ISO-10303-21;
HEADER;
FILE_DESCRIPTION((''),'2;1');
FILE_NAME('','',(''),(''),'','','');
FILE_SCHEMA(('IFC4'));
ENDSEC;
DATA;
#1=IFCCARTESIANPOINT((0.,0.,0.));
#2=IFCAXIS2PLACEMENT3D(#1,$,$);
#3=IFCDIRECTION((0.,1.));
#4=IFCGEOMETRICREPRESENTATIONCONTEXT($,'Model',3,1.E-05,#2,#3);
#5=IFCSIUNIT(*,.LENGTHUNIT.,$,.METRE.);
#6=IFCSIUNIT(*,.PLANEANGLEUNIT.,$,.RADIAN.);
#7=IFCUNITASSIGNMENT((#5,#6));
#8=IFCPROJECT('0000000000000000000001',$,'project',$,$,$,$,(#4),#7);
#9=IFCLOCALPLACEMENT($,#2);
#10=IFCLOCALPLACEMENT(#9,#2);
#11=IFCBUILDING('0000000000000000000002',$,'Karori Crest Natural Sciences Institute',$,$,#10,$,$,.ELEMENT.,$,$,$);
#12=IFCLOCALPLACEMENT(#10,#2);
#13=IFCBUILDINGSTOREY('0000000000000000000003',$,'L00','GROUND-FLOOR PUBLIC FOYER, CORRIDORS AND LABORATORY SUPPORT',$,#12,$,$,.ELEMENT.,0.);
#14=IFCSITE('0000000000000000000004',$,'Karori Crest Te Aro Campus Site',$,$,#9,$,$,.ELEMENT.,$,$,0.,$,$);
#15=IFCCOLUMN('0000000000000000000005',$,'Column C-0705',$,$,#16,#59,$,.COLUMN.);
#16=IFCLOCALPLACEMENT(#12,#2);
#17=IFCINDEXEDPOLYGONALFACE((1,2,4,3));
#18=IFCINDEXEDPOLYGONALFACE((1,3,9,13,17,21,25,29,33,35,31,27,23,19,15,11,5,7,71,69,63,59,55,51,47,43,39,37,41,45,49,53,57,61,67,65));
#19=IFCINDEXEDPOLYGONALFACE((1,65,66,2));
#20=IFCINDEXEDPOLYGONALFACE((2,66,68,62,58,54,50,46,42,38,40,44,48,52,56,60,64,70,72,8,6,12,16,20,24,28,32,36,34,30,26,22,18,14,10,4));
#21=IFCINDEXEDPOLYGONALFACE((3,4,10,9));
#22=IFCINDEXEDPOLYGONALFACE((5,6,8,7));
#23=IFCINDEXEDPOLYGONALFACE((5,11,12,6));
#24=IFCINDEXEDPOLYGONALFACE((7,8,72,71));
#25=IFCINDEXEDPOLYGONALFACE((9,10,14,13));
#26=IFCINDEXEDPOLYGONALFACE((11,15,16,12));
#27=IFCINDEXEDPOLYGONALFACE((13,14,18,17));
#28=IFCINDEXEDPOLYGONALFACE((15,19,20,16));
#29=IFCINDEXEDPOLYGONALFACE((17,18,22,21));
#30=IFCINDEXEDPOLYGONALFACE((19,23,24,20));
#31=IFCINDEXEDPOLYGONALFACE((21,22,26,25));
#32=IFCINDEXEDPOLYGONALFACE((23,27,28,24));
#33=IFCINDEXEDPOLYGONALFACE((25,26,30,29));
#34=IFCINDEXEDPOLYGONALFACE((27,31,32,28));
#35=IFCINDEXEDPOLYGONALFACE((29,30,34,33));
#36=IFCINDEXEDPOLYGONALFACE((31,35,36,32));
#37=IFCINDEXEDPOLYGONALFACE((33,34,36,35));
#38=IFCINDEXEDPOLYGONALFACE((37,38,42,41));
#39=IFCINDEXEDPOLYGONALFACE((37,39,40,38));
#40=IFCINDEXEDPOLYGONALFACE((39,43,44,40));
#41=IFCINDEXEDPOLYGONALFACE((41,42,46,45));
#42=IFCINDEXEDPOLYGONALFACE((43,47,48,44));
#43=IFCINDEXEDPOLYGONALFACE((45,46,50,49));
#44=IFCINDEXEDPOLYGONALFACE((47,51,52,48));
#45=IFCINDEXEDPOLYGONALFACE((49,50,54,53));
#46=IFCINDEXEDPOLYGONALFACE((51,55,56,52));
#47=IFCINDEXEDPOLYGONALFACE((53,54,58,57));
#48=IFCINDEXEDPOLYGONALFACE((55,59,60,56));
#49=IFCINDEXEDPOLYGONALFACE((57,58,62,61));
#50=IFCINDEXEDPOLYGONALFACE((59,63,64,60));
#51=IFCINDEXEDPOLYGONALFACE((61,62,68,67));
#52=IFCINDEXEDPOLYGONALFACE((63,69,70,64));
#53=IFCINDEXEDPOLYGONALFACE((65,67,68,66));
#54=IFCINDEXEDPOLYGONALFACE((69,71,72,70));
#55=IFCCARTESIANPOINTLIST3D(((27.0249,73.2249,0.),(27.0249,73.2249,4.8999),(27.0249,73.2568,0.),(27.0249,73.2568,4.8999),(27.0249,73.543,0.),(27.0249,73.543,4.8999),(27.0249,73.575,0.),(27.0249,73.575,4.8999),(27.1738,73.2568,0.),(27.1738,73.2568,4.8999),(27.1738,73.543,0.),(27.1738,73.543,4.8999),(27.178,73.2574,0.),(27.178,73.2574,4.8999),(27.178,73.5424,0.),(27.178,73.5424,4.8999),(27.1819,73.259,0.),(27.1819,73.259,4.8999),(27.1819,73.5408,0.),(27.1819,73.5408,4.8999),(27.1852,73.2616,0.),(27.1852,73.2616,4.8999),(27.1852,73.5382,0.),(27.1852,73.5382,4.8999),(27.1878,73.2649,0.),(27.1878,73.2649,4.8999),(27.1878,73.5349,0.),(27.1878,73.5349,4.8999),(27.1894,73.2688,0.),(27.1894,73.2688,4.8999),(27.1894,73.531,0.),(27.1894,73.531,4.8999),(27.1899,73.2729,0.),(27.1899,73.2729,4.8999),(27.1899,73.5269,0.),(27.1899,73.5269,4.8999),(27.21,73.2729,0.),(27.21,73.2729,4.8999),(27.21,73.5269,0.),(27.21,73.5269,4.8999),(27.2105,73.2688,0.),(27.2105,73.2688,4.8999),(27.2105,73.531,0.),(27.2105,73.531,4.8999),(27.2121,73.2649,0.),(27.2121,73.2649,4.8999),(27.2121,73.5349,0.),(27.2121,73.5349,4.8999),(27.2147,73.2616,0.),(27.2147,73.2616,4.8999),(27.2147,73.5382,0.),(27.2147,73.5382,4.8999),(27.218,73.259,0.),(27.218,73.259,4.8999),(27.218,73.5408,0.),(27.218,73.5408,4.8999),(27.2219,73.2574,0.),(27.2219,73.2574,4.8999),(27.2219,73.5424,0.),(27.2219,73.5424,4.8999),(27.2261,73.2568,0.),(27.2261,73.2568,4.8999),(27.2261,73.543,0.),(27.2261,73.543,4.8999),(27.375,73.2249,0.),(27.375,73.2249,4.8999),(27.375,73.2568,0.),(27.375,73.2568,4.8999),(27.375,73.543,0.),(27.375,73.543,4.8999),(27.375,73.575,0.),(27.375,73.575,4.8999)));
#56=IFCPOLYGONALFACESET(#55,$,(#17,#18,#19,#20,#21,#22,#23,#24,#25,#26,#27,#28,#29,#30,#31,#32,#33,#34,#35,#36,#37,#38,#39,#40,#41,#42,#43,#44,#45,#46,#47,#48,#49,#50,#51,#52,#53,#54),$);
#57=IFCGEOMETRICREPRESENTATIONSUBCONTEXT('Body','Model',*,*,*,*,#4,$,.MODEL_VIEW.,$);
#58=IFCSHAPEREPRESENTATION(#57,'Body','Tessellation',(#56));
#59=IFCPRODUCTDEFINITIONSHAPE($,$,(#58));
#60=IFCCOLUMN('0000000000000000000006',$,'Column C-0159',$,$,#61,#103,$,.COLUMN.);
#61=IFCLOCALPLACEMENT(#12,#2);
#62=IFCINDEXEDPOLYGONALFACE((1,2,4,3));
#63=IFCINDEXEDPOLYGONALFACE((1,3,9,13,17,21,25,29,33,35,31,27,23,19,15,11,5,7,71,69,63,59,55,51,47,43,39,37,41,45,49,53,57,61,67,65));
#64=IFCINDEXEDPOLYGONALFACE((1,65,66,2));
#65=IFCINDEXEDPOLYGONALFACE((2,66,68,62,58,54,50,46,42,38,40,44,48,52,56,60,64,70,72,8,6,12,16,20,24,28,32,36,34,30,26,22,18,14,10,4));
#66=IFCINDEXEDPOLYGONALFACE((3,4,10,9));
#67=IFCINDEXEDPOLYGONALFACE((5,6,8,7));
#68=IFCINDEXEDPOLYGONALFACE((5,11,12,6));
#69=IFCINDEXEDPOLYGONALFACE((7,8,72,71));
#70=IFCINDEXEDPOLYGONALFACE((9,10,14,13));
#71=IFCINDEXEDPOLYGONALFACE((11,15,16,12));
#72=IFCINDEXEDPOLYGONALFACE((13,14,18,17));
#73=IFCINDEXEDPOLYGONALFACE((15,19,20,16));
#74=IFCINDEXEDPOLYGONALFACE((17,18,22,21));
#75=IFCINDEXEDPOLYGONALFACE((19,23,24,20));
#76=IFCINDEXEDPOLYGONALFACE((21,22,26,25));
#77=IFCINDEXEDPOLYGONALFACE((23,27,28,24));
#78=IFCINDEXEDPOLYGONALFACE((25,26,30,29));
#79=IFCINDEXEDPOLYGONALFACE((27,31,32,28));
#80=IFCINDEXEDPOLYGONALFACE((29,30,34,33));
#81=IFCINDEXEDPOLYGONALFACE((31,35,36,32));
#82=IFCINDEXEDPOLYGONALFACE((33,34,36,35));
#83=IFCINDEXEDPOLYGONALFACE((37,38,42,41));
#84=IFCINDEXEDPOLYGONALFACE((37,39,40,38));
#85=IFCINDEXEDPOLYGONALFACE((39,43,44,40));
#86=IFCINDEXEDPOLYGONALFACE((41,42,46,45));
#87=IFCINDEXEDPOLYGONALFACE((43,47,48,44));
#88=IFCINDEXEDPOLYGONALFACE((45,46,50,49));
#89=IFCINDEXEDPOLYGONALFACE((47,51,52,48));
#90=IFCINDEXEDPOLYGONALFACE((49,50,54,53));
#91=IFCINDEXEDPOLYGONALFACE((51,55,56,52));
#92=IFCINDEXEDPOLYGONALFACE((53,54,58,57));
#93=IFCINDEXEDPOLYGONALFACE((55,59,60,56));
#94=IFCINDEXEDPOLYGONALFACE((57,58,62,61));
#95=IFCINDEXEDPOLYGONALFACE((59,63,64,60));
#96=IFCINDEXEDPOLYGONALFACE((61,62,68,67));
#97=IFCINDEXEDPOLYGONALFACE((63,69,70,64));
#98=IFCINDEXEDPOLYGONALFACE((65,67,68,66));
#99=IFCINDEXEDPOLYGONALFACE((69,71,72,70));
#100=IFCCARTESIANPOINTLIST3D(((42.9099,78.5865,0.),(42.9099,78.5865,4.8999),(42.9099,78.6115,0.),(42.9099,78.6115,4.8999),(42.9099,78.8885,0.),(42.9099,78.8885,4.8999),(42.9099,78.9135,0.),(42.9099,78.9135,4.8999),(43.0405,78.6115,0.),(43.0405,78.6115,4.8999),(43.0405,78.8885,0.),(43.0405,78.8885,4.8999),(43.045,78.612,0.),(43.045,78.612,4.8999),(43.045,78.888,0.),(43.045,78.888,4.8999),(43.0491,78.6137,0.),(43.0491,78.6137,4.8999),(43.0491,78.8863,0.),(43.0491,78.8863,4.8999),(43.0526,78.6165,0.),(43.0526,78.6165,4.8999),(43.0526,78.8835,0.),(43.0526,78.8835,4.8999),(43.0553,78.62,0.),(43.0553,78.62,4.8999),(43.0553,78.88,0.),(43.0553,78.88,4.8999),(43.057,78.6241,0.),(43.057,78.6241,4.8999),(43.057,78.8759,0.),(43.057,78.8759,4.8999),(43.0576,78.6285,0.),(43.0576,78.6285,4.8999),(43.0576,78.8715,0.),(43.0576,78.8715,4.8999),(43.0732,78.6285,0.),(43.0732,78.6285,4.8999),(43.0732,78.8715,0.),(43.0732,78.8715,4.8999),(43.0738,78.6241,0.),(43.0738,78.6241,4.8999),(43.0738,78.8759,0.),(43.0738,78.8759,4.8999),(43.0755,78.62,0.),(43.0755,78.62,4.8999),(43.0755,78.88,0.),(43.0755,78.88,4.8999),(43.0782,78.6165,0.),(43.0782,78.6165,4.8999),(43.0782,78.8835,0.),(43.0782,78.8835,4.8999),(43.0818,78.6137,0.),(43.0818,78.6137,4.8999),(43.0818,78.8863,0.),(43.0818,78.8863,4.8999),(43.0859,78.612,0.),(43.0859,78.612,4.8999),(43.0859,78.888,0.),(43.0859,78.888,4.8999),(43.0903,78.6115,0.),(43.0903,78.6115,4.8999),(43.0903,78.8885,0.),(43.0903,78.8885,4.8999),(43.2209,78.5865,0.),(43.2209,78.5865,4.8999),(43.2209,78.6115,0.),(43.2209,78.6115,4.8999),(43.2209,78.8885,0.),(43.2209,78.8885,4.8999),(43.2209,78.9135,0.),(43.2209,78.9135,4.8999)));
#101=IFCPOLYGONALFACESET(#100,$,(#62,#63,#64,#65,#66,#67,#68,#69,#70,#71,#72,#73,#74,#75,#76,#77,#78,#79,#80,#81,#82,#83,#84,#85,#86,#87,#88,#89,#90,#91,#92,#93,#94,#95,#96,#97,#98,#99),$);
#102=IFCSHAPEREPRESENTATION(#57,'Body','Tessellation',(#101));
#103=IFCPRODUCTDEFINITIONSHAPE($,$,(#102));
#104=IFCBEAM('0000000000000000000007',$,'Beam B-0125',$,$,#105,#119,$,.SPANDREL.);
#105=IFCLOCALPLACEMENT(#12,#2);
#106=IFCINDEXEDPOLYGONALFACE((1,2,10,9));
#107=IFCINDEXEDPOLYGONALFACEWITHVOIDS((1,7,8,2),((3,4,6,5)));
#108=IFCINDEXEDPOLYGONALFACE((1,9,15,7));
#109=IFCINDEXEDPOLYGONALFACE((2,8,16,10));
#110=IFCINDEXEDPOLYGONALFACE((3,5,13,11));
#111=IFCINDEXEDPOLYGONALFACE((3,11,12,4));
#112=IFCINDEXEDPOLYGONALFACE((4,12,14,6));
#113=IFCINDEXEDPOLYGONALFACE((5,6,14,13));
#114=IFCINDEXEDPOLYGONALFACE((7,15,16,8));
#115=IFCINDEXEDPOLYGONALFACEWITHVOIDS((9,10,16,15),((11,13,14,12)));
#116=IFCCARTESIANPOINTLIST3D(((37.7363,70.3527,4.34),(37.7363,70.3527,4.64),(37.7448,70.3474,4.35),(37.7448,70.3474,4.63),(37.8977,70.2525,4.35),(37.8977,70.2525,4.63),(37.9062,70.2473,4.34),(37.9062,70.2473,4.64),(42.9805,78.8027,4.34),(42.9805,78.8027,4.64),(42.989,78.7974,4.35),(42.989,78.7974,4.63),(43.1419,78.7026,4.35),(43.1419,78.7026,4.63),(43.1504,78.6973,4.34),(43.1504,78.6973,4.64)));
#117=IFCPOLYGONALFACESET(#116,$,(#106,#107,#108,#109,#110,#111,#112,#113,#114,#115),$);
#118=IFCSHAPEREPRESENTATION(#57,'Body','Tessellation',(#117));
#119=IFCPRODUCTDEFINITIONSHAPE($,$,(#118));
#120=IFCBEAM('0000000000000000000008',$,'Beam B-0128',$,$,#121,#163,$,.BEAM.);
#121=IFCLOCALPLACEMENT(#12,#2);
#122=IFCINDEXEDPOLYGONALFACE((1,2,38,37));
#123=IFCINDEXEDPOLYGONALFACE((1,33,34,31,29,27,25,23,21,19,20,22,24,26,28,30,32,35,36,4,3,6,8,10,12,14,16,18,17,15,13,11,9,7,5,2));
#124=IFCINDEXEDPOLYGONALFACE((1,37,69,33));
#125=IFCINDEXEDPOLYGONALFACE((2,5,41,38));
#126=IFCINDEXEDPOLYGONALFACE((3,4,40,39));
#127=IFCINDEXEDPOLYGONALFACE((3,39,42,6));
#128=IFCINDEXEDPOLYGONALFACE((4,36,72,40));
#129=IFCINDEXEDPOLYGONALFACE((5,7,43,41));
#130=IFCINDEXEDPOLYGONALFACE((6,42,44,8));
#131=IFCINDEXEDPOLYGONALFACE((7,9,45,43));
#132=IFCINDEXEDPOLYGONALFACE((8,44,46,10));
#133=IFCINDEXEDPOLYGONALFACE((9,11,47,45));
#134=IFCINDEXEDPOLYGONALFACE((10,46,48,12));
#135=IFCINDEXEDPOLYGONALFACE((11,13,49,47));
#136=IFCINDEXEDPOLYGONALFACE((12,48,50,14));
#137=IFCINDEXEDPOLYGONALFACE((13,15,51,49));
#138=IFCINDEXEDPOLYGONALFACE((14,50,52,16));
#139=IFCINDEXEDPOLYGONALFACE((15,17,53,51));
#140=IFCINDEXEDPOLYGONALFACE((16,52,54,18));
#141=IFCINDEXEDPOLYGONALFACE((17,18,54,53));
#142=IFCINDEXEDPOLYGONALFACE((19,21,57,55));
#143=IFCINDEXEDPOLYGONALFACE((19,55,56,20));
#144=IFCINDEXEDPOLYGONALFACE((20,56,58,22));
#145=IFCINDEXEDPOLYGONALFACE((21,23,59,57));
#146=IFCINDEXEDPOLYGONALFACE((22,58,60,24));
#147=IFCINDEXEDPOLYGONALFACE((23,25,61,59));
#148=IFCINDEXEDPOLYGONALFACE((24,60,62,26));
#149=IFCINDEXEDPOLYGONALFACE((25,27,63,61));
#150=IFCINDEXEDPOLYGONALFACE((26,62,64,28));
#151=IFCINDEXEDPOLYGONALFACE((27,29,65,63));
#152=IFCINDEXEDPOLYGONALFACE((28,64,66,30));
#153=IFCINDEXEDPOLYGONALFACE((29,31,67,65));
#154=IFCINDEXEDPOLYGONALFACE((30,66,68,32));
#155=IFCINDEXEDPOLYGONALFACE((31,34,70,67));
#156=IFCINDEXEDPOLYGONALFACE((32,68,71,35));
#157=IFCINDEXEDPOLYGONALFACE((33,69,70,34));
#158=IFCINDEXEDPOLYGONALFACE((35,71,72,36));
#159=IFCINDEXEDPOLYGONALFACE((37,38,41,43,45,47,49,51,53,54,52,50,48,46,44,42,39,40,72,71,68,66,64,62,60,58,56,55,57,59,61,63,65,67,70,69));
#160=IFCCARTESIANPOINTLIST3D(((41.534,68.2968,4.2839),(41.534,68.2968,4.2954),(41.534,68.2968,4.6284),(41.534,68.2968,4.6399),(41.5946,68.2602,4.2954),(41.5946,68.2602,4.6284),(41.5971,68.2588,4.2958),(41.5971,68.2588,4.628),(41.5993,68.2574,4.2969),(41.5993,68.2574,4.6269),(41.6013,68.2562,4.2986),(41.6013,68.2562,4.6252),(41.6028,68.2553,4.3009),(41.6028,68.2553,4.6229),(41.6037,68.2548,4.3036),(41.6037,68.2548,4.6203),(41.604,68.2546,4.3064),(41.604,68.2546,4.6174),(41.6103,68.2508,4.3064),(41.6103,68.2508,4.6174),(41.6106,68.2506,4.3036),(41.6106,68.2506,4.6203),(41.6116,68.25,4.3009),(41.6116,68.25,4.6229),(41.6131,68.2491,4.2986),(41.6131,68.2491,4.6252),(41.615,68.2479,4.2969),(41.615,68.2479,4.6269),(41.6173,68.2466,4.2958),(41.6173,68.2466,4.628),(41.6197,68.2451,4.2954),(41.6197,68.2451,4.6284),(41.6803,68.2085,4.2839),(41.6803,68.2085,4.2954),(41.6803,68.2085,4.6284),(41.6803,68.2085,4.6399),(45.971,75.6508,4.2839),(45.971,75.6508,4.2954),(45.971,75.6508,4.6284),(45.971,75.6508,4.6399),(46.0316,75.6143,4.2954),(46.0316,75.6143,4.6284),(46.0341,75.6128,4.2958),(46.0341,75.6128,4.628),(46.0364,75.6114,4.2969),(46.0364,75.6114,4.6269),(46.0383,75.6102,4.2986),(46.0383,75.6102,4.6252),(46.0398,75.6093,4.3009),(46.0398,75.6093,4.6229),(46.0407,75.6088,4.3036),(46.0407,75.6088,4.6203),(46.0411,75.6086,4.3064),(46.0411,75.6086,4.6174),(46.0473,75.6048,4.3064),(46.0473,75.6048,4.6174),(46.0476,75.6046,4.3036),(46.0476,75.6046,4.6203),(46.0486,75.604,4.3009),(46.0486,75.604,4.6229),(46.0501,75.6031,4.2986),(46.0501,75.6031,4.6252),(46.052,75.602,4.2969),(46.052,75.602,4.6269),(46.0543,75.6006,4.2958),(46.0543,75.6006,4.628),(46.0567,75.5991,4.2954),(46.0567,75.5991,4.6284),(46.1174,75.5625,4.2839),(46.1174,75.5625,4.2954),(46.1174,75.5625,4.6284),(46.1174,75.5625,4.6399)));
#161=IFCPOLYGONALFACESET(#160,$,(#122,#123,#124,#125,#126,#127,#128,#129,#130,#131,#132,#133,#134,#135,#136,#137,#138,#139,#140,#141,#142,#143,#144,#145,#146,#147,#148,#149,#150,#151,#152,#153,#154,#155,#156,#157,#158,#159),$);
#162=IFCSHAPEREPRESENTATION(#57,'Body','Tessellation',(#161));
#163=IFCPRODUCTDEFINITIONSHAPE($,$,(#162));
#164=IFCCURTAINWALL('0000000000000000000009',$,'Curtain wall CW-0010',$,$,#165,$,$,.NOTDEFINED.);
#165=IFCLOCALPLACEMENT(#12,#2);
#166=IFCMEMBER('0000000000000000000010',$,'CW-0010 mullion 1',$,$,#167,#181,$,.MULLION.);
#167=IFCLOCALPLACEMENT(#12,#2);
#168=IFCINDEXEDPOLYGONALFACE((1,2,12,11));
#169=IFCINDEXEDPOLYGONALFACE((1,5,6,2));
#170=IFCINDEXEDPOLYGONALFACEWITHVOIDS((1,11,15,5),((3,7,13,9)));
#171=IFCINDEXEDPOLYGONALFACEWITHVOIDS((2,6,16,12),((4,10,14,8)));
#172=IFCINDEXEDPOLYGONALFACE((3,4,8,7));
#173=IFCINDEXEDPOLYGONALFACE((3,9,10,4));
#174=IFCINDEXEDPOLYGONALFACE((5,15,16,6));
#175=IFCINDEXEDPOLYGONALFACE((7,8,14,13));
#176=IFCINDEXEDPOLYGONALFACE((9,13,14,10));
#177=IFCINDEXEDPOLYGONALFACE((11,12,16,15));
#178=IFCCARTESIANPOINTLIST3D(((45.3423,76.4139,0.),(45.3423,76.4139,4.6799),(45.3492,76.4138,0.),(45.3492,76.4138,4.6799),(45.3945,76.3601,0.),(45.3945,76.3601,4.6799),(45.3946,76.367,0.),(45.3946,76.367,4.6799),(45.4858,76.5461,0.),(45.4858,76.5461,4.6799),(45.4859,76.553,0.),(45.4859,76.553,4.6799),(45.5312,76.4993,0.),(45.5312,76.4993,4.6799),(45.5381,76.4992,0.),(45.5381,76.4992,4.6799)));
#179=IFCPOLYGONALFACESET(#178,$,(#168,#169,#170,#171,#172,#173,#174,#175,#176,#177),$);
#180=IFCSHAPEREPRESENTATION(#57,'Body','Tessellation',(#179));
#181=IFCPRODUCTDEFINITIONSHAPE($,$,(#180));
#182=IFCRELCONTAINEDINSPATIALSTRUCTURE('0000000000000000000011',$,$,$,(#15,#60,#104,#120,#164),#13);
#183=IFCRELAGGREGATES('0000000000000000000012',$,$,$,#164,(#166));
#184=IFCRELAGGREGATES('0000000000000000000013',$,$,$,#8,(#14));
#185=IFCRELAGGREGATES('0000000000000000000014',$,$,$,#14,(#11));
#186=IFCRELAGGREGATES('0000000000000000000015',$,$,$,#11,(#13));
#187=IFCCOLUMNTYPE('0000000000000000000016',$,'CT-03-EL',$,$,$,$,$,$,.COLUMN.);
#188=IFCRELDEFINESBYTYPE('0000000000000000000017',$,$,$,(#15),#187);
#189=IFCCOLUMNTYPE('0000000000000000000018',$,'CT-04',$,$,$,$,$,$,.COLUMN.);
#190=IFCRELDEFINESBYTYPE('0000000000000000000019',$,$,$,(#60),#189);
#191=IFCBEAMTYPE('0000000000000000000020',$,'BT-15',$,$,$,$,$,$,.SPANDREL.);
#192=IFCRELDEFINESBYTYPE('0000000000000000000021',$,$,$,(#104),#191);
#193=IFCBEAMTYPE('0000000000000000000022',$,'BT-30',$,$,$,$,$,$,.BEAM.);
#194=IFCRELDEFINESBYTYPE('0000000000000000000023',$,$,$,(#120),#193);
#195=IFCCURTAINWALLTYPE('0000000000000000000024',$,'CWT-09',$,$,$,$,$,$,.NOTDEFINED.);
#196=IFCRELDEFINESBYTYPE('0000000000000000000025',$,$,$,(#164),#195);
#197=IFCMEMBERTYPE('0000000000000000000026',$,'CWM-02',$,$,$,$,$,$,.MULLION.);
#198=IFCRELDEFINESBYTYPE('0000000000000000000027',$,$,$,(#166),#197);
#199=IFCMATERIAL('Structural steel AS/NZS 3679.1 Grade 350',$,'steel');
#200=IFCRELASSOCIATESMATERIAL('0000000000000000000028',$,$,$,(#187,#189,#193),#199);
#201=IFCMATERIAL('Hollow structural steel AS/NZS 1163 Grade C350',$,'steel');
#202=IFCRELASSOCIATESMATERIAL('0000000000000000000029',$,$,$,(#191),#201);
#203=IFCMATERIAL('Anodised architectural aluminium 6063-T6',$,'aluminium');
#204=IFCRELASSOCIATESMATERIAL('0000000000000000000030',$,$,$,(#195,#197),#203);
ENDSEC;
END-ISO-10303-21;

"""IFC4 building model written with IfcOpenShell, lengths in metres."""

from ifc_helpers import new_model, si_unit, direction, frame, origin, origin_2d, place, context, subcontext, project, spatial, hollow_rectangle, i_section, extrude, material, material_profile, profile_set, type_object, element, aggregate, save


model = new_model("IFC4")

# Units and contexts
model_context = context("Model", 3, precision=1e-05, world=origin(), true_north=direction((0.0, 1.0)))
body_context = subcontext(model_context, "Body", "Model", "MODEL_VIEW")
ifc_project = project(units=[si_unit("LENGTHUNIT", "METRE"), si_unit("PLANEANGLEUNIT", "RADIAN")], contexts=[model_context])

# Site, building, storey
site_placement = place(None, origin())
site = spatial("IfcSite", under=ifc_project, at=site_placement, Name="Karori Crest Te Aro Campus Site", CompositionType="ELEMENT", RefElevation=0.0)
building_placement = place(site_placement, origin())
building = spatial("IfcBuilding", under=site, at=building_placement, Name="Karori Crest Natural Sciences Institute", CompositionType="ELEMENT")
storey_placement = place(building_placement, origin())
storey = spatial("IfcBuildingStorey", under=building, at=storey_placement, Name="L00", Description="GROUND-FLOOR PUBLIC FOYER, CORRIDORS AND LABORATORY SUPPORT", CompositionType="ELEMENT", Elevation=0.0)

# Columns
ifc_material_1 = material(Name="Structural steel AS/NZS 3679.1 Grade 350", Category="steel")
ifc_material_profile_1 = material_profile(ifc_material_1, i_section(OverallWidth=0.3501, OverallDepth=0.3501, WebThickness=0.02, FlangeThickness=0.032, FilletRadius=0.0161, at=origin_2d()), Name="350WC280")
ifc_profile_set_1 = profile_set([ifc_material_profile_1], Name="Structural steel AS/NZS 3679.1 Grade 350")
column_type_1 = type_object("IfcColumnType", Name="CT-03-EL", PredefinedType="COLUMN", material=ifc_profile_set_1)
column_1_placement = place(storey_placement, frame((27.2, 73.3999, 0.0), z_axis=(0.0, 0.0, 1.0), x_axis=(1.0, 0.0, 0.0)))
element("IfcColumn", 1, at=column_1_placement, inside=storey, type_object=column_type_1, Name="Column C-0705", PredefinedType="COLUMN", context=body_context, shape_type="SweptSolid", body=[
    extrude(i_section(OverallWidth=0.3501, OverallDepth=0.3501, WebThickness=0.02, FlangeThickness=0.032, FilletRadius=0.0161, at=origin_2d()), origin(), (0.0, 0.0, 1.0), 4.8999),
])
ifc_material_profile_2 = material_profile(ifc_material_1, i_section(OverallWidth=0.311, OverallDepth=0.3269, WebThickness=0.0156, FlangeThickness=0.0249, FilletRadius=0.0171, at=origin_2d()), Name="310UC158")
ifc_profile_set_2 = profile_set([ifc_material_profile_2], Name="Structural steel AS/NZS 3679.1 Grade 350")
column_type_2 = type_object("IfcColumnType", Name="CT-04", PredefinedType="COLUMN", material=ifc_profile_set_2)
column_2_placement = place(storey_placement, frame((43.0654, 78.75, 0.0), z_axis=(0.0, 0.0, 1.0), x_axis=(1.0, 0.0, 0.0)))
element("IfcColumn", 2, at=column_2_placement, inside=storey, type_object=column_type_2, Name="Column C-0159", PredefinedType="COLUMN", context=body_context, shape_type="SweptSolid", body=[
    extrude(i_section(OverallWidth=0.311, OverallDepth=0.3269, WebThickness=0.0156, FlangeThickness=0.0249, FilletRadius=0.0171, at=origin_2d()), origin(), (0.0, 0.0, 1.0), 4.8999),
])

# Beams
ifc_material_2 = material(Name="Hollow structural steel AS/NZS 1163 Grade C350", Category="steel")
ifc_material_profile_3 = material_profile(ifc_material_2, hollow_rectangle(XDim=0.2, YDim=0.3, WallThickness=0.01, at=origin_2d()), Name="RHS300x200x10")
ifc_profile_set_3 = profile_set([ifc_material_profile_3], Name="Hollow structural steel AS/NZS 1163 Grade C350")
beam_type_1 = type_object("IfcBeamType", Name="BT-15", PredefinedType="SPANDREL", material=ifc_profile_set_3)
beam_1_placement = place(storey_placement, frame((43.0654, 78.75, 4.49), z_axis=(-0.527315, -0.84967, 0.0), x_axis=(0.84967, -0.527315, 0.0)))
element("IfcBeam", 3, at=beam_1_placement, inside=storey, type_object=beam_type_1, Name="Beam B-0125", PredefinedType="SPANDREL", context=body_context, shape_type="SweptSolid", body=[
    extrude(hollow_rectangle(XDim=0.2, YDim=0.3, WallThickness=0.01, at=origin_2d()), origin(), (0.0, 0.0, 1.0), 9.9451),
])
ifc_material_profile_4 = material_profile(ifc_material_1, i_section(OverallWidth=0.1709, OverallDepth=0.356, WebThickness=0.0073, FlangeThickness=0.0115, FilletRadius=0.011, at=origin_2d()), Name="360UB50.7")
ifc_profile_set_4 = profile_set([ifc_material_profile_4], Name="Structural steel AS/NZS 3679.1 Grade 350")
beam_type_2 = type_object("IfcBeamType", Name="BT-30", PredefinedType="BEAM", material=ifc_profile_set_4)
beam_2_placement = place(storey_placement, frame((46.0442, 75.6067, 4.4619), z_axis=(-0.516601, -0.856226, 0.0), x_axis=(0.856226, -0.516601, 0.0)))
element("IfcBeam", 4, at=beam_2_placement, inside=storey, type_object=beam_type_2, Name="Beam B-0128", PredefinedType="BEAM", context=body_context, shape_type="SweptSolid", body=[
    extrude(i_section(OverallWidth=0.1709, OverallDepth=0.356, WebThickness=0.0073, FlangeThickness=0.0115, FilletRadius=0.011, at=origin_2d()), origin(), (0.0, 0.0, 1.0), 8.5889),
])

# Curtain wall, member
ifc_material_3 = material(Name="Anodised architectural aluminium 6063-T6", Category="aluminium")
curtain_wall_type_1 = type_object("IfcCurtainWallType", Name="CWT-09", PredefinedType="NOTDEFINED", material=ifc_material_3)
curtain_wall_1_placement = place(storey_placement, origin())
curtain_wall_1 = element("IfcCurtainWall", 5, at=curtain_wall_1_placement, inside=storey, type_object=curtain_wall_type_1, Name="Curtain wall CW-0010", PredefinedType="NOTDEFINED")
ifc_material_profile_5 = material_profile(ifc_material_3, hollow_rectangle(XDim=0.075, YDim=0.2, WallThickness=0.0049, at=origin_2d()), Name="CWM200x75x5")
ifc_profile_set_5 = profile_set([ifc_material_profile_5], Name="Anodised architectural aluminium 6063-T6")
member_type_1 = type_object("IfcMemberType", Name="CWM-02", PredefinedType="MULLION", material=ifc_profile_set_5)
member_1_placement = place(storey_placement, frame((45.4402, 76.4565, 0.0), z_axis=(0.0, 0.0, 1.0), x_axis=(-0.695839, 0.718198, 0.0)))
member_1 = element("IfcMember", 6, at=member_1_placement, type_object=member_type_1, Name="CW-0010 mullion 1", PredefinedType="MULLION", context=body_context, shape_type="SweptSolid", body=[
    extrude(hollow_rectangle(XDim=0.075, YDim=0.2, WallThickness=0.0049, at=origin_2d()), origin(), (0.0, 0.0, 1.0), 4.6799),
])

aggregate(curtain_wall_1, [member_1])

save(model, "model.ifc")
